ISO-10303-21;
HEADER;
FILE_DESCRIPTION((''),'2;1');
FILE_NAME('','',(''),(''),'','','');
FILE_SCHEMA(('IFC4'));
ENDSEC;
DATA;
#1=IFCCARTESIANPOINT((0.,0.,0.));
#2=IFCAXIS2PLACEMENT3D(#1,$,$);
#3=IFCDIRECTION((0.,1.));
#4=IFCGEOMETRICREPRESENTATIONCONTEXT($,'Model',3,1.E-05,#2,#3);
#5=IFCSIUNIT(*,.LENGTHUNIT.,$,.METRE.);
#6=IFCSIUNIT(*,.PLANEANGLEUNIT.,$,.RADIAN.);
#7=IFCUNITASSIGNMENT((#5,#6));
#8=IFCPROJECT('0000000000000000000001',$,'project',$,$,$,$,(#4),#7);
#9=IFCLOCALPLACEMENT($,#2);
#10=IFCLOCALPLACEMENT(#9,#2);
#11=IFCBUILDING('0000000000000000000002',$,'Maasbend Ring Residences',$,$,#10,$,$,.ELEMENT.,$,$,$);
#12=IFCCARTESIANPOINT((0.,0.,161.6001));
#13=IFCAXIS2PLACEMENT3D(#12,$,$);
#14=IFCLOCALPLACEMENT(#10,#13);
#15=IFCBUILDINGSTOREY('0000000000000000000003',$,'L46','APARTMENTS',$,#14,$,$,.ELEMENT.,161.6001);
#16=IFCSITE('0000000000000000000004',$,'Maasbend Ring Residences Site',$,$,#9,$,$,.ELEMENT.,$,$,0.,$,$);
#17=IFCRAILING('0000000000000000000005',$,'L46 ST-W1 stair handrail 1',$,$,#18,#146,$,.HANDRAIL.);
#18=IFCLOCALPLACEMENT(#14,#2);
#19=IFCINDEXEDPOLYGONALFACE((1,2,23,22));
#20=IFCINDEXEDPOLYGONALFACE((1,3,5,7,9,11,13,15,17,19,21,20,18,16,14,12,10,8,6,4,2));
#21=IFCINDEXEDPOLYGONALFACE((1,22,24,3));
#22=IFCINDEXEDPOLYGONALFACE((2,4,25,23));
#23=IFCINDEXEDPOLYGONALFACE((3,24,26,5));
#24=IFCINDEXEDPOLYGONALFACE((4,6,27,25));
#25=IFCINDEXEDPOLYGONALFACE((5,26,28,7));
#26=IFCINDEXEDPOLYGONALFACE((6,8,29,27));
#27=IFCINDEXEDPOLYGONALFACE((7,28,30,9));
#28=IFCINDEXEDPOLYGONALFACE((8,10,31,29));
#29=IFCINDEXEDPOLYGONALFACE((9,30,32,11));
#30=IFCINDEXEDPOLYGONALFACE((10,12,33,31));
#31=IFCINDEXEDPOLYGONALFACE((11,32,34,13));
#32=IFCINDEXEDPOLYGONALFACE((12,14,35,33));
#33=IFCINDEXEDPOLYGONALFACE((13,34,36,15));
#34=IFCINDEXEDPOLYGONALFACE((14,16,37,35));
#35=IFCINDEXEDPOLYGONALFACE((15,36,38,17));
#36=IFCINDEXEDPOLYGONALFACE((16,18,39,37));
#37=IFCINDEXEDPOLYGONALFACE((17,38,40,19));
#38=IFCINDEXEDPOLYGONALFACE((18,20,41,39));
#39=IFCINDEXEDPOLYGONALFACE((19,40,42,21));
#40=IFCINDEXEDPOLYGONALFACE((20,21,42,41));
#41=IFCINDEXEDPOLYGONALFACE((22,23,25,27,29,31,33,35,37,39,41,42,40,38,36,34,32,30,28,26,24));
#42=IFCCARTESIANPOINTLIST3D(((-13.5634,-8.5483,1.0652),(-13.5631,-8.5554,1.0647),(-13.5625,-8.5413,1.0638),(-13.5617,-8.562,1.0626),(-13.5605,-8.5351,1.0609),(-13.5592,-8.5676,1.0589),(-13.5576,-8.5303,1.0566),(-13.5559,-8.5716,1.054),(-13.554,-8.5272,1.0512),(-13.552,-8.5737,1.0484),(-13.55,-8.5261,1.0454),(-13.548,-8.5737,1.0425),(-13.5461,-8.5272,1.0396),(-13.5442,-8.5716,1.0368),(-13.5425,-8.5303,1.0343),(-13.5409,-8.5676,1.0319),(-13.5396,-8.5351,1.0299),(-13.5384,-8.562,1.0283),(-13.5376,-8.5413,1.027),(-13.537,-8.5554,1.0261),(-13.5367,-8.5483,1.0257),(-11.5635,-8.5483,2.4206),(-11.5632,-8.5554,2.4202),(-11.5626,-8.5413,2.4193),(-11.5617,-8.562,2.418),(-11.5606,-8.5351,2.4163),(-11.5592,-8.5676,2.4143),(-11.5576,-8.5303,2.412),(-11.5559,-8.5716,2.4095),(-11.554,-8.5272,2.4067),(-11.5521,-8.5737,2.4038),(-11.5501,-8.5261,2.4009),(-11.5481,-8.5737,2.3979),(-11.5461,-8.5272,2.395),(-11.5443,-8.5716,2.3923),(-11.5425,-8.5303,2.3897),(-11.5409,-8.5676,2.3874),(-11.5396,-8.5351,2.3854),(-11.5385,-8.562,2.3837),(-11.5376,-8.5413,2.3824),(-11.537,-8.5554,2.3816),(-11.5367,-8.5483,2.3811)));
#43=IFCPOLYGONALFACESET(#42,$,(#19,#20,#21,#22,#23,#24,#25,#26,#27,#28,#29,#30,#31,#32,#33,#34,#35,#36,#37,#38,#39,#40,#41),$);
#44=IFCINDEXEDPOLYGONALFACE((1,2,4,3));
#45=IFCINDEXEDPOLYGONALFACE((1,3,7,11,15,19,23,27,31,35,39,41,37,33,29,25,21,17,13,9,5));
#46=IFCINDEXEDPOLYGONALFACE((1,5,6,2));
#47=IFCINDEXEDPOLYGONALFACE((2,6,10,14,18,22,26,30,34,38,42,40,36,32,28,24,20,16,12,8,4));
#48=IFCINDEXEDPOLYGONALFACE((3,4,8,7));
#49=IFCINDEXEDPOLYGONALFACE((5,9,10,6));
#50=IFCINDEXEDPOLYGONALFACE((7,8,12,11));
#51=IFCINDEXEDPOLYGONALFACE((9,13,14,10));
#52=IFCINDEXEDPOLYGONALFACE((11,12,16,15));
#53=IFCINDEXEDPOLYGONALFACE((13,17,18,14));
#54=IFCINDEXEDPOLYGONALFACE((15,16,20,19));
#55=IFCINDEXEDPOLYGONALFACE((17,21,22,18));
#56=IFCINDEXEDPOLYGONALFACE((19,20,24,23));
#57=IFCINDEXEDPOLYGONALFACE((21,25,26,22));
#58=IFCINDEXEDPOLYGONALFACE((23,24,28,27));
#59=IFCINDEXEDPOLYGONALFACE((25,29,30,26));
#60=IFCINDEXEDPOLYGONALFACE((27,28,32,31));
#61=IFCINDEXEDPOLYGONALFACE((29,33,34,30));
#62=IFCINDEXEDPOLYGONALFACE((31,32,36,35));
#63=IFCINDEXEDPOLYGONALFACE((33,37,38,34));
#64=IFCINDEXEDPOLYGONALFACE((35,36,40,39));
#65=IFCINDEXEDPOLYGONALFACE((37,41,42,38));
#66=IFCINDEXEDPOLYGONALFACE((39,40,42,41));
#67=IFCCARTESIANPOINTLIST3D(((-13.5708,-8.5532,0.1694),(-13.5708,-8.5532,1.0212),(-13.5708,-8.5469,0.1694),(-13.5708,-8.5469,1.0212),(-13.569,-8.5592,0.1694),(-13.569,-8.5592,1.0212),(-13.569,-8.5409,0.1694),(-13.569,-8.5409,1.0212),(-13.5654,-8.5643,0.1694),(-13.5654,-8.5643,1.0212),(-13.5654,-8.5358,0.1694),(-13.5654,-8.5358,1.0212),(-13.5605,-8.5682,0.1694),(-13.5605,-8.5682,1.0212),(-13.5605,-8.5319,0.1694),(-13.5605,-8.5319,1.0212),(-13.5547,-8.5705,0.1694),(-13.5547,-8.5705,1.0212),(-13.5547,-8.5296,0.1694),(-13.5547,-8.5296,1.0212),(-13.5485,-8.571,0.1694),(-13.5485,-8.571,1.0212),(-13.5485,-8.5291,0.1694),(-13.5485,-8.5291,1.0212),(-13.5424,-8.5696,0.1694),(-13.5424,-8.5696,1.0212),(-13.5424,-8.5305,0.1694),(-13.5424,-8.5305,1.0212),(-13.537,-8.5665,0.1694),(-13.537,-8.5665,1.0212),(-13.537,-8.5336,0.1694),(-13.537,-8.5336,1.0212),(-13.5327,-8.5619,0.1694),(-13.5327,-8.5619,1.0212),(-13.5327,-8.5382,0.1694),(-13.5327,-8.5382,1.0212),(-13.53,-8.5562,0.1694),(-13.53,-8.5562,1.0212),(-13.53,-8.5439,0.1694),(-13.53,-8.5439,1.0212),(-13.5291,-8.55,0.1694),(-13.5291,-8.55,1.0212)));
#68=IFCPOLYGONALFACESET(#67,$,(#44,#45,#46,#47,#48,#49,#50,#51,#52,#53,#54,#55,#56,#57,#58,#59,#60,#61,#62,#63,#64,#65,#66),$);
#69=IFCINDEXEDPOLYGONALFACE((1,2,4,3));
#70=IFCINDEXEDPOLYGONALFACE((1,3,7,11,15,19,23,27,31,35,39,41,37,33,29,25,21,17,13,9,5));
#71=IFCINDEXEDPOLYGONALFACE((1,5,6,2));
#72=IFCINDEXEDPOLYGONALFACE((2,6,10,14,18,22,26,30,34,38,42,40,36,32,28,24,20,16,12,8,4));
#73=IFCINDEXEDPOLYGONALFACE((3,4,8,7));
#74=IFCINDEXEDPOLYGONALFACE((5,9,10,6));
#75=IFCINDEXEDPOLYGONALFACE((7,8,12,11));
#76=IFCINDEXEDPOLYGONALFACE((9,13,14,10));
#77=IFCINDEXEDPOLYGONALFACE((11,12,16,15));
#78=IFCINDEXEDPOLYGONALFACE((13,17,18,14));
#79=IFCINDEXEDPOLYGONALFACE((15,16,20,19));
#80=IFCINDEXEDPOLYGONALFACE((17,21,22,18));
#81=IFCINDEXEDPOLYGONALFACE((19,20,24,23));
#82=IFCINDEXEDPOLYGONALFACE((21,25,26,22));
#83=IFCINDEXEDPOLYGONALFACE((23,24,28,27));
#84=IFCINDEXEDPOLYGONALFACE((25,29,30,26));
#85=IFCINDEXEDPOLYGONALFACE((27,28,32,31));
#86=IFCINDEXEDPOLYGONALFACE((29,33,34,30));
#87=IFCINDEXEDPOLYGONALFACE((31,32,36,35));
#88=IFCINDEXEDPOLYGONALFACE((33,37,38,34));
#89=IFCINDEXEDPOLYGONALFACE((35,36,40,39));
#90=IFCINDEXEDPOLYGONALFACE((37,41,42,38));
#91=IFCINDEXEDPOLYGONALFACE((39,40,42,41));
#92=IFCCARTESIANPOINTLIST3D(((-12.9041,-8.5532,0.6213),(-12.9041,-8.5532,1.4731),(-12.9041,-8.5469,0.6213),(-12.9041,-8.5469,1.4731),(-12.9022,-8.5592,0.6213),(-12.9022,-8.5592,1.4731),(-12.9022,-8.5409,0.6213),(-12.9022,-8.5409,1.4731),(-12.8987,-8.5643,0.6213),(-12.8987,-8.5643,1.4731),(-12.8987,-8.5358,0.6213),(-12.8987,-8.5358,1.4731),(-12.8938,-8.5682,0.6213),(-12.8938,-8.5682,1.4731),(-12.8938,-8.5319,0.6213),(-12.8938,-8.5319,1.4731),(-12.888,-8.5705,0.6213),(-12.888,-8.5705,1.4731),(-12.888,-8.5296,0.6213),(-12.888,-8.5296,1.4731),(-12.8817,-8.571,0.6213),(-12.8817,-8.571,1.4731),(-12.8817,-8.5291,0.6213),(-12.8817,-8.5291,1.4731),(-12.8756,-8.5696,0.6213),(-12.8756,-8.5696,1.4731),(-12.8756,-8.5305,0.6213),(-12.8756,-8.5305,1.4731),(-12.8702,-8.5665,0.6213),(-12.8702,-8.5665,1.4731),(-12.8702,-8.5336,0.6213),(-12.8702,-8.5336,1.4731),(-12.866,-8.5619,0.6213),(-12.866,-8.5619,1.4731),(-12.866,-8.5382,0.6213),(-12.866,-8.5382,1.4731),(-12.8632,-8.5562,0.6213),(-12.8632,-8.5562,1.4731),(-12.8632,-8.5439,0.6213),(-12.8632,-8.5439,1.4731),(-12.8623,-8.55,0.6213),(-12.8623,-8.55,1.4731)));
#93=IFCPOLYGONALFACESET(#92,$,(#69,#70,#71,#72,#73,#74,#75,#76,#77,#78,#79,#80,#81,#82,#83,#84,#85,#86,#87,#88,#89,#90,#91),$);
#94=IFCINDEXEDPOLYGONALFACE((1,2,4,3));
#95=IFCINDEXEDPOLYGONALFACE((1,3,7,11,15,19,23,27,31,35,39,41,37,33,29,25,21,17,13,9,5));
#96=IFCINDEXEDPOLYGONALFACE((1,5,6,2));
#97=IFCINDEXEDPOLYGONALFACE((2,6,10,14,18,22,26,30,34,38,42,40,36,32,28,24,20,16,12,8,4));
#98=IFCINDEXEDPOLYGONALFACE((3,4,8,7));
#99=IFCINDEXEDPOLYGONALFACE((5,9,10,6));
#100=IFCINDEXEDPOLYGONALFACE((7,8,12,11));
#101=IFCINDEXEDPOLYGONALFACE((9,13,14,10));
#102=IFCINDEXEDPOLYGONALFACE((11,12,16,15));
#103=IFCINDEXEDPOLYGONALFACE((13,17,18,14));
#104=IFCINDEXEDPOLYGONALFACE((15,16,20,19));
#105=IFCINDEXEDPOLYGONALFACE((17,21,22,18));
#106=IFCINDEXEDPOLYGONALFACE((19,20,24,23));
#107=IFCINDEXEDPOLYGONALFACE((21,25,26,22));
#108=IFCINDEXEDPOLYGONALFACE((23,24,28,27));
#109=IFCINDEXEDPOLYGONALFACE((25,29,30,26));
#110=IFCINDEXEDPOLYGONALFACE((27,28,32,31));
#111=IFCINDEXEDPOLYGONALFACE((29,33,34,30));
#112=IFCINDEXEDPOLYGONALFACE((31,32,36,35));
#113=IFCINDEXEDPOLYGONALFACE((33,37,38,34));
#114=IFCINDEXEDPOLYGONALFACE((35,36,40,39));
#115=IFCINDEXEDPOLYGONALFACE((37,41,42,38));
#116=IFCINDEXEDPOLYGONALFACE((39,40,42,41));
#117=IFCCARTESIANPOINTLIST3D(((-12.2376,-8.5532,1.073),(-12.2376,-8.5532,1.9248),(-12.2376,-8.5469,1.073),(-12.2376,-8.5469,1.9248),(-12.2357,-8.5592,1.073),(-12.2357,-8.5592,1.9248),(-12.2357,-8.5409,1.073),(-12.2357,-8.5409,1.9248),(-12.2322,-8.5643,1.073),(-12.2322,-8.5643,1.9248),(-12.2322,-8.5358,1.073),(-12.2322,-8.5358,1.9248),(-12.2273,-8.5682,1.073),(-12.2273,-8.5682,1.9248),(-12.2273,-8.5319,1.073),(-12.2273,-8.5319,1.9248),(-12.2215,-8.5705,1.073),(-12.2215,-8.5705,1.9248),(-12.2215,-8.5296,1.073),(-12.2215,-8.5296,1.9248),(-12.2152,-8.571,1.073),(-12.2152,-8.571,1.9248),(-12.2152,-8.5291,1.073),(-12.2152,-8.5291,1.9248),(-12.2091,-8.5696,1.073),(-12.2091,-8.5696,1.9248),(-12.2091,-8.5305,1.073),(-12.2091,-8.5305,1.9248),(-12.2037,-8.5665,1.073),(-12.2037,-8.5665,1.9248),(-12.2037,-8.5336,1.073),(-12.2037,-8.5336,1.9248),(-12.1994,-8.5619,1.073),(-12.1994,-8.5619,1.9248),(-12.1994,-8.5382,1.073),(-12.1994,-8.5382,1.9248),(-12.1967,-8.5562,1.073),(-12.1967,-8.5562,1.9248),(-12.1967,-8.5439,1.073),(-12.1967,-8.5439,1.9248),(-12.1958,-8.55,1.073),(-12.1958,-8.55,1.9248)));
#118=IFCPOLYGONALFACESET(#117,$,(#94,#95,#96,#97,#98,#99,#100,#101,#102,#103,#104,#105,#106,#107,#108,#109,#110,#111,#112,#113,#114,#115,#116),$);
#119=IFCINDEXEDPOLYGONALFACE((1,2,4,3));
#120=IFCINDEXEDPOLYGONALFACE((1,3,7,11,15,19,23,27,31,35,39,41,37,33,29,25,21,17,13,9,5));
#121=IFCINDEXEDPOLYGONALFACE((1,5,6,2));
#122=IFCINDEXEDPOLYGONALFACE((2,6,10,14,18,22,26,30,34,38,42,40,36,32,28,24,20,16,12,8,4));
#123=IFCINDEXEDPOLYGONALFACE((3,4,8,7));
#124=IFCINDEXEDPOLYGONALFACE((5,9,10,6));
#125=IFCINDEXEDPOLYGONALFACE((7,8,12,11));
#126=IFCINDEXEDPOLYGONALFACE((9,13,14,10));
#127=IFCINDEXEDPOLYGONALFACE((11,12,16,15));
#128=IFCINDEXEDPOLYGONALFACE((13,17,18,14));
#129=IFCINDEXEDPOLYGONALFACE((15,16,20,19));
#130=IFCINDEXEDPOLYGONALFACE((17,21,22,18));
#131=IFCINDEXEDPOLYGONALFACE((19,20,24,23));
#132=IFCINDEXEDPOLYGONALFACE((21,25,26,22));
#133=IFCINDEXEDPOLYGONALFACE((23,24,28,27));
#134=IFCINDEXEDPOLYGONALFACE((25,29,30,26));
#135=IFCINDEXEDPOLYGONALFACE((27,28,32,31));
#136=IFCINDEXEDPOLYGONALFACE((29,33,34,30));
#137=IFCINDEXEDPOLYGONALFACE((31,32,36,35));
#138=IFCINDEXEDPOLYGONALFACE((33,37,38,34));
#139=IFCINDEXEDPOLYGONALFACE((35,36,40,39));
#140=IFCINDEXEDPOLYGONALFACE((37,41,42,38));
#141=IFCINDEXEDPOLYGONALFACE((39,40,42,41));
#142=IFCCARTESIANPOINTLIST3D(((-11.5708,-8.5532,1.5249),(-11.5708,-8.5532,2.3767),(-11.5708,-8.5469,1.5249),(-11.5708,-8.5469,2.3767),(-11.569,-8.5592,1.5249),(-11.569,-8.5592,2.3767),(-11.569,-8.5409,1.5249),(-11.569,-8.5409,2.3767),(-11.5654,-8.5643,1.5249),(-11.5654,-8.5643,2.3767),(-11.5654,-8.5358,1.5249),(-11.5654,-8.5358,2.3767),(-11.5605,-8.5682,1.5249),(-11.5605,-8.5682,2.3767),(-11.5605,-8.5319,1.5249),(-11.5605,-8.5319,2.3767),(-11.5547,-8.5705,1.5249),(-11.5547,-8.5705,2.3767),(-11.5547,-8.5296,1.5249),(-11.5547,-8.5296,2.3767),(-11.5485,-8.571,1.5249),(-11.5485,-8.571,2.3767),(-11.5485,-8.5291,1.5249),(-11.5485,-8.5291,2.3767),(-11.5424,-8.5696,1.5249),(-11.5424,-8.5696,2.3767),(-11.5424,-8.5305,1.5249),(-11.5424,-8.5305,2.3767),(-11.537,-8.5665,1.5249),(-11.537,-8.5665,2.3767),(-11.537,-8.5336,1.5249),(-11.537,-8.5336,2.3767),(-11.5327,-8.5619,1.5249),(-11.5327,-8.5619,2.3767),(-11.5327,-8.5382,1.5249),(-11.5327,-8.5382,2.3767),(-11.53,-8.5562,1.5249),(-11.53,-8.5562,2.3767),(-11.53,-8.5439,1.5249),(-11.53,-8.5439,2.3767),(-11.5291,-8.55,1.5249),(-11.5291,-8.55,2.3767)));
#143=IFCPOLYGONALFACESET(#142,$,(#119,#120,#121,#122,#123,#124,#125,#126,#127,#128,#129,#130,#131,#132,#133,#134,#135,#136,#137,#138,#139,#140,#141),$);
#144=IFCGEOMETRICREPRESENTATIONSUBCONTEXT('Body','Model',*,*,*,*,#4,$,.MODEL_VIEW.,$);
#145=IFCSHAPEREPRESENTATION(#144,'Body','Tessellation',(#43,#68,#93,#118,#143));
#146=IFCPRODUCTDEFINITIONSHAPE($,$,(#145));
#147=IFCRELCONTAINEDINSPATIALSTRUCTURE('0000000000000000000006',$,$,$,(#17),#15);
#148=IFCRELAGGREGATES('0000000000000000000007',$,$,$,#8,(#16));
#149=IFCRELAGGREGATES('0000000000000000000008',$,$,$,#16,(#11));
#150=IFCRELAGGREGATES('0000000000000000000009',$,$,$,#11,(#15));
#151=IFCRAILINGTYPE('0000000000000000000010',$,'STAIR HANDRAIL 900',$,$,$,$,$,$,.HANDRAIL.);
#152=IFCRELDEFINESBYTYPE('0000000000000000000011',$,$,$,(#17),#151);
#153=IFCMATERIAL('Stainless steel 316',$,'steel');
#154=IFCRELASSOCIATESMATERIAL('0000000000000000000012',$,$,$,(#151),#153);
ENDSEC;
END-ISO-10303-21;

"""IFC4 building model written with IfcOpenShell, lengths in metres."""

from ifc_helpers import new_model, si_unit, direction, frame, origin, origin_2d, place, context, subcontext, project, spatial, circle, extrude, material, type_object, element, save


model = new_model("IFC4")

# Units and contexts
model_context = context("Model", 3, precision=1e-05, world=origin(), true_north=direction((0.0, 1.0)))
body_context = subcontext(model_context, "Body", "Model", "MODEL_VIEW")
ifc_project = project(units=[si_unit("LENGTHUNIT", "METRE"), si_unit("PLANEANGLEUNIT", "RADIAN")], contexts=[model_context])

# Site, building, storey
site_placement = place(None, origin())
site = spatial("IfcSite", under=ifc_project, at=site_placement, Name="Maasbend Ring Residences Site", CompositionType="ELEMENT", RefElevation=0.0)
building_placement = place(site_placement, origin())
building = spatial("IfcBuilding", under=site, at=building_placement, Name="Maasbend Ring Residences", CompositionType="ELEMENT")
storey_placement = place(building_placement, frame((0.0, 0.0, 161.6001)))
storey = spatial("IfcBuildingStorey", under=building, at=storey_placement, Name="L46", Description="APARTMENTS", CompositionType="ELEMENT", Elevation=161.6001)

# Railing
ifc_material_1 = material(Name="Stainless steel 316", Category="steel")
railing_type_1 = type_object("IfcRailingType", Name="STAIR HANDRAIL 900", PredefinedType="HANDRAIL", material=ifc_material_1)
railing_1_placement = place(storey_placement, frame((-13.55, -8.55, 0.1694)))
element("IfcRailing", 1, at=railing_1_placement, inside=storey, type_object=railing_type_1, Name="L46 ST-W1 stair handrail 1", PredefinedType="HANDRAIL", context=body_context, shape_type="SweptSolid", body=[
    extrude(circle(Radius=0.0239, at=origin_2d()), frame((0.0, 0.0, 0.876), z_axis=(0.827798, 0.0, 0.561027), x_axis=(0.0, 1.0, 0.0)), (0.0, 0.0, 1.0), 2.416),
    extrude(circle(Radius=0.021, at=origin_2d()), origin(), (0.0, 0.0, 1.0), 0.8518),
    extrude(circle(Radius=0.021, at=origin_2d()), frame((0.6667, 0.0, 0.4519)), (0.0, 0.0, 1.0), 0.8518),
    extrude(circle(Radius=0.021, at=origin_2d()), frame((1.3333, 0.0, 0.9036)), (0.0, 0.0, 1.0), 0.8518),
    extrude(circle(Radius=0.021, at=origin_2d()), frame((2.0, 0.0, 1.3555)), (0.0, 0.0, 1.0), 0.8518),
])

save(model, "model.ifc")
